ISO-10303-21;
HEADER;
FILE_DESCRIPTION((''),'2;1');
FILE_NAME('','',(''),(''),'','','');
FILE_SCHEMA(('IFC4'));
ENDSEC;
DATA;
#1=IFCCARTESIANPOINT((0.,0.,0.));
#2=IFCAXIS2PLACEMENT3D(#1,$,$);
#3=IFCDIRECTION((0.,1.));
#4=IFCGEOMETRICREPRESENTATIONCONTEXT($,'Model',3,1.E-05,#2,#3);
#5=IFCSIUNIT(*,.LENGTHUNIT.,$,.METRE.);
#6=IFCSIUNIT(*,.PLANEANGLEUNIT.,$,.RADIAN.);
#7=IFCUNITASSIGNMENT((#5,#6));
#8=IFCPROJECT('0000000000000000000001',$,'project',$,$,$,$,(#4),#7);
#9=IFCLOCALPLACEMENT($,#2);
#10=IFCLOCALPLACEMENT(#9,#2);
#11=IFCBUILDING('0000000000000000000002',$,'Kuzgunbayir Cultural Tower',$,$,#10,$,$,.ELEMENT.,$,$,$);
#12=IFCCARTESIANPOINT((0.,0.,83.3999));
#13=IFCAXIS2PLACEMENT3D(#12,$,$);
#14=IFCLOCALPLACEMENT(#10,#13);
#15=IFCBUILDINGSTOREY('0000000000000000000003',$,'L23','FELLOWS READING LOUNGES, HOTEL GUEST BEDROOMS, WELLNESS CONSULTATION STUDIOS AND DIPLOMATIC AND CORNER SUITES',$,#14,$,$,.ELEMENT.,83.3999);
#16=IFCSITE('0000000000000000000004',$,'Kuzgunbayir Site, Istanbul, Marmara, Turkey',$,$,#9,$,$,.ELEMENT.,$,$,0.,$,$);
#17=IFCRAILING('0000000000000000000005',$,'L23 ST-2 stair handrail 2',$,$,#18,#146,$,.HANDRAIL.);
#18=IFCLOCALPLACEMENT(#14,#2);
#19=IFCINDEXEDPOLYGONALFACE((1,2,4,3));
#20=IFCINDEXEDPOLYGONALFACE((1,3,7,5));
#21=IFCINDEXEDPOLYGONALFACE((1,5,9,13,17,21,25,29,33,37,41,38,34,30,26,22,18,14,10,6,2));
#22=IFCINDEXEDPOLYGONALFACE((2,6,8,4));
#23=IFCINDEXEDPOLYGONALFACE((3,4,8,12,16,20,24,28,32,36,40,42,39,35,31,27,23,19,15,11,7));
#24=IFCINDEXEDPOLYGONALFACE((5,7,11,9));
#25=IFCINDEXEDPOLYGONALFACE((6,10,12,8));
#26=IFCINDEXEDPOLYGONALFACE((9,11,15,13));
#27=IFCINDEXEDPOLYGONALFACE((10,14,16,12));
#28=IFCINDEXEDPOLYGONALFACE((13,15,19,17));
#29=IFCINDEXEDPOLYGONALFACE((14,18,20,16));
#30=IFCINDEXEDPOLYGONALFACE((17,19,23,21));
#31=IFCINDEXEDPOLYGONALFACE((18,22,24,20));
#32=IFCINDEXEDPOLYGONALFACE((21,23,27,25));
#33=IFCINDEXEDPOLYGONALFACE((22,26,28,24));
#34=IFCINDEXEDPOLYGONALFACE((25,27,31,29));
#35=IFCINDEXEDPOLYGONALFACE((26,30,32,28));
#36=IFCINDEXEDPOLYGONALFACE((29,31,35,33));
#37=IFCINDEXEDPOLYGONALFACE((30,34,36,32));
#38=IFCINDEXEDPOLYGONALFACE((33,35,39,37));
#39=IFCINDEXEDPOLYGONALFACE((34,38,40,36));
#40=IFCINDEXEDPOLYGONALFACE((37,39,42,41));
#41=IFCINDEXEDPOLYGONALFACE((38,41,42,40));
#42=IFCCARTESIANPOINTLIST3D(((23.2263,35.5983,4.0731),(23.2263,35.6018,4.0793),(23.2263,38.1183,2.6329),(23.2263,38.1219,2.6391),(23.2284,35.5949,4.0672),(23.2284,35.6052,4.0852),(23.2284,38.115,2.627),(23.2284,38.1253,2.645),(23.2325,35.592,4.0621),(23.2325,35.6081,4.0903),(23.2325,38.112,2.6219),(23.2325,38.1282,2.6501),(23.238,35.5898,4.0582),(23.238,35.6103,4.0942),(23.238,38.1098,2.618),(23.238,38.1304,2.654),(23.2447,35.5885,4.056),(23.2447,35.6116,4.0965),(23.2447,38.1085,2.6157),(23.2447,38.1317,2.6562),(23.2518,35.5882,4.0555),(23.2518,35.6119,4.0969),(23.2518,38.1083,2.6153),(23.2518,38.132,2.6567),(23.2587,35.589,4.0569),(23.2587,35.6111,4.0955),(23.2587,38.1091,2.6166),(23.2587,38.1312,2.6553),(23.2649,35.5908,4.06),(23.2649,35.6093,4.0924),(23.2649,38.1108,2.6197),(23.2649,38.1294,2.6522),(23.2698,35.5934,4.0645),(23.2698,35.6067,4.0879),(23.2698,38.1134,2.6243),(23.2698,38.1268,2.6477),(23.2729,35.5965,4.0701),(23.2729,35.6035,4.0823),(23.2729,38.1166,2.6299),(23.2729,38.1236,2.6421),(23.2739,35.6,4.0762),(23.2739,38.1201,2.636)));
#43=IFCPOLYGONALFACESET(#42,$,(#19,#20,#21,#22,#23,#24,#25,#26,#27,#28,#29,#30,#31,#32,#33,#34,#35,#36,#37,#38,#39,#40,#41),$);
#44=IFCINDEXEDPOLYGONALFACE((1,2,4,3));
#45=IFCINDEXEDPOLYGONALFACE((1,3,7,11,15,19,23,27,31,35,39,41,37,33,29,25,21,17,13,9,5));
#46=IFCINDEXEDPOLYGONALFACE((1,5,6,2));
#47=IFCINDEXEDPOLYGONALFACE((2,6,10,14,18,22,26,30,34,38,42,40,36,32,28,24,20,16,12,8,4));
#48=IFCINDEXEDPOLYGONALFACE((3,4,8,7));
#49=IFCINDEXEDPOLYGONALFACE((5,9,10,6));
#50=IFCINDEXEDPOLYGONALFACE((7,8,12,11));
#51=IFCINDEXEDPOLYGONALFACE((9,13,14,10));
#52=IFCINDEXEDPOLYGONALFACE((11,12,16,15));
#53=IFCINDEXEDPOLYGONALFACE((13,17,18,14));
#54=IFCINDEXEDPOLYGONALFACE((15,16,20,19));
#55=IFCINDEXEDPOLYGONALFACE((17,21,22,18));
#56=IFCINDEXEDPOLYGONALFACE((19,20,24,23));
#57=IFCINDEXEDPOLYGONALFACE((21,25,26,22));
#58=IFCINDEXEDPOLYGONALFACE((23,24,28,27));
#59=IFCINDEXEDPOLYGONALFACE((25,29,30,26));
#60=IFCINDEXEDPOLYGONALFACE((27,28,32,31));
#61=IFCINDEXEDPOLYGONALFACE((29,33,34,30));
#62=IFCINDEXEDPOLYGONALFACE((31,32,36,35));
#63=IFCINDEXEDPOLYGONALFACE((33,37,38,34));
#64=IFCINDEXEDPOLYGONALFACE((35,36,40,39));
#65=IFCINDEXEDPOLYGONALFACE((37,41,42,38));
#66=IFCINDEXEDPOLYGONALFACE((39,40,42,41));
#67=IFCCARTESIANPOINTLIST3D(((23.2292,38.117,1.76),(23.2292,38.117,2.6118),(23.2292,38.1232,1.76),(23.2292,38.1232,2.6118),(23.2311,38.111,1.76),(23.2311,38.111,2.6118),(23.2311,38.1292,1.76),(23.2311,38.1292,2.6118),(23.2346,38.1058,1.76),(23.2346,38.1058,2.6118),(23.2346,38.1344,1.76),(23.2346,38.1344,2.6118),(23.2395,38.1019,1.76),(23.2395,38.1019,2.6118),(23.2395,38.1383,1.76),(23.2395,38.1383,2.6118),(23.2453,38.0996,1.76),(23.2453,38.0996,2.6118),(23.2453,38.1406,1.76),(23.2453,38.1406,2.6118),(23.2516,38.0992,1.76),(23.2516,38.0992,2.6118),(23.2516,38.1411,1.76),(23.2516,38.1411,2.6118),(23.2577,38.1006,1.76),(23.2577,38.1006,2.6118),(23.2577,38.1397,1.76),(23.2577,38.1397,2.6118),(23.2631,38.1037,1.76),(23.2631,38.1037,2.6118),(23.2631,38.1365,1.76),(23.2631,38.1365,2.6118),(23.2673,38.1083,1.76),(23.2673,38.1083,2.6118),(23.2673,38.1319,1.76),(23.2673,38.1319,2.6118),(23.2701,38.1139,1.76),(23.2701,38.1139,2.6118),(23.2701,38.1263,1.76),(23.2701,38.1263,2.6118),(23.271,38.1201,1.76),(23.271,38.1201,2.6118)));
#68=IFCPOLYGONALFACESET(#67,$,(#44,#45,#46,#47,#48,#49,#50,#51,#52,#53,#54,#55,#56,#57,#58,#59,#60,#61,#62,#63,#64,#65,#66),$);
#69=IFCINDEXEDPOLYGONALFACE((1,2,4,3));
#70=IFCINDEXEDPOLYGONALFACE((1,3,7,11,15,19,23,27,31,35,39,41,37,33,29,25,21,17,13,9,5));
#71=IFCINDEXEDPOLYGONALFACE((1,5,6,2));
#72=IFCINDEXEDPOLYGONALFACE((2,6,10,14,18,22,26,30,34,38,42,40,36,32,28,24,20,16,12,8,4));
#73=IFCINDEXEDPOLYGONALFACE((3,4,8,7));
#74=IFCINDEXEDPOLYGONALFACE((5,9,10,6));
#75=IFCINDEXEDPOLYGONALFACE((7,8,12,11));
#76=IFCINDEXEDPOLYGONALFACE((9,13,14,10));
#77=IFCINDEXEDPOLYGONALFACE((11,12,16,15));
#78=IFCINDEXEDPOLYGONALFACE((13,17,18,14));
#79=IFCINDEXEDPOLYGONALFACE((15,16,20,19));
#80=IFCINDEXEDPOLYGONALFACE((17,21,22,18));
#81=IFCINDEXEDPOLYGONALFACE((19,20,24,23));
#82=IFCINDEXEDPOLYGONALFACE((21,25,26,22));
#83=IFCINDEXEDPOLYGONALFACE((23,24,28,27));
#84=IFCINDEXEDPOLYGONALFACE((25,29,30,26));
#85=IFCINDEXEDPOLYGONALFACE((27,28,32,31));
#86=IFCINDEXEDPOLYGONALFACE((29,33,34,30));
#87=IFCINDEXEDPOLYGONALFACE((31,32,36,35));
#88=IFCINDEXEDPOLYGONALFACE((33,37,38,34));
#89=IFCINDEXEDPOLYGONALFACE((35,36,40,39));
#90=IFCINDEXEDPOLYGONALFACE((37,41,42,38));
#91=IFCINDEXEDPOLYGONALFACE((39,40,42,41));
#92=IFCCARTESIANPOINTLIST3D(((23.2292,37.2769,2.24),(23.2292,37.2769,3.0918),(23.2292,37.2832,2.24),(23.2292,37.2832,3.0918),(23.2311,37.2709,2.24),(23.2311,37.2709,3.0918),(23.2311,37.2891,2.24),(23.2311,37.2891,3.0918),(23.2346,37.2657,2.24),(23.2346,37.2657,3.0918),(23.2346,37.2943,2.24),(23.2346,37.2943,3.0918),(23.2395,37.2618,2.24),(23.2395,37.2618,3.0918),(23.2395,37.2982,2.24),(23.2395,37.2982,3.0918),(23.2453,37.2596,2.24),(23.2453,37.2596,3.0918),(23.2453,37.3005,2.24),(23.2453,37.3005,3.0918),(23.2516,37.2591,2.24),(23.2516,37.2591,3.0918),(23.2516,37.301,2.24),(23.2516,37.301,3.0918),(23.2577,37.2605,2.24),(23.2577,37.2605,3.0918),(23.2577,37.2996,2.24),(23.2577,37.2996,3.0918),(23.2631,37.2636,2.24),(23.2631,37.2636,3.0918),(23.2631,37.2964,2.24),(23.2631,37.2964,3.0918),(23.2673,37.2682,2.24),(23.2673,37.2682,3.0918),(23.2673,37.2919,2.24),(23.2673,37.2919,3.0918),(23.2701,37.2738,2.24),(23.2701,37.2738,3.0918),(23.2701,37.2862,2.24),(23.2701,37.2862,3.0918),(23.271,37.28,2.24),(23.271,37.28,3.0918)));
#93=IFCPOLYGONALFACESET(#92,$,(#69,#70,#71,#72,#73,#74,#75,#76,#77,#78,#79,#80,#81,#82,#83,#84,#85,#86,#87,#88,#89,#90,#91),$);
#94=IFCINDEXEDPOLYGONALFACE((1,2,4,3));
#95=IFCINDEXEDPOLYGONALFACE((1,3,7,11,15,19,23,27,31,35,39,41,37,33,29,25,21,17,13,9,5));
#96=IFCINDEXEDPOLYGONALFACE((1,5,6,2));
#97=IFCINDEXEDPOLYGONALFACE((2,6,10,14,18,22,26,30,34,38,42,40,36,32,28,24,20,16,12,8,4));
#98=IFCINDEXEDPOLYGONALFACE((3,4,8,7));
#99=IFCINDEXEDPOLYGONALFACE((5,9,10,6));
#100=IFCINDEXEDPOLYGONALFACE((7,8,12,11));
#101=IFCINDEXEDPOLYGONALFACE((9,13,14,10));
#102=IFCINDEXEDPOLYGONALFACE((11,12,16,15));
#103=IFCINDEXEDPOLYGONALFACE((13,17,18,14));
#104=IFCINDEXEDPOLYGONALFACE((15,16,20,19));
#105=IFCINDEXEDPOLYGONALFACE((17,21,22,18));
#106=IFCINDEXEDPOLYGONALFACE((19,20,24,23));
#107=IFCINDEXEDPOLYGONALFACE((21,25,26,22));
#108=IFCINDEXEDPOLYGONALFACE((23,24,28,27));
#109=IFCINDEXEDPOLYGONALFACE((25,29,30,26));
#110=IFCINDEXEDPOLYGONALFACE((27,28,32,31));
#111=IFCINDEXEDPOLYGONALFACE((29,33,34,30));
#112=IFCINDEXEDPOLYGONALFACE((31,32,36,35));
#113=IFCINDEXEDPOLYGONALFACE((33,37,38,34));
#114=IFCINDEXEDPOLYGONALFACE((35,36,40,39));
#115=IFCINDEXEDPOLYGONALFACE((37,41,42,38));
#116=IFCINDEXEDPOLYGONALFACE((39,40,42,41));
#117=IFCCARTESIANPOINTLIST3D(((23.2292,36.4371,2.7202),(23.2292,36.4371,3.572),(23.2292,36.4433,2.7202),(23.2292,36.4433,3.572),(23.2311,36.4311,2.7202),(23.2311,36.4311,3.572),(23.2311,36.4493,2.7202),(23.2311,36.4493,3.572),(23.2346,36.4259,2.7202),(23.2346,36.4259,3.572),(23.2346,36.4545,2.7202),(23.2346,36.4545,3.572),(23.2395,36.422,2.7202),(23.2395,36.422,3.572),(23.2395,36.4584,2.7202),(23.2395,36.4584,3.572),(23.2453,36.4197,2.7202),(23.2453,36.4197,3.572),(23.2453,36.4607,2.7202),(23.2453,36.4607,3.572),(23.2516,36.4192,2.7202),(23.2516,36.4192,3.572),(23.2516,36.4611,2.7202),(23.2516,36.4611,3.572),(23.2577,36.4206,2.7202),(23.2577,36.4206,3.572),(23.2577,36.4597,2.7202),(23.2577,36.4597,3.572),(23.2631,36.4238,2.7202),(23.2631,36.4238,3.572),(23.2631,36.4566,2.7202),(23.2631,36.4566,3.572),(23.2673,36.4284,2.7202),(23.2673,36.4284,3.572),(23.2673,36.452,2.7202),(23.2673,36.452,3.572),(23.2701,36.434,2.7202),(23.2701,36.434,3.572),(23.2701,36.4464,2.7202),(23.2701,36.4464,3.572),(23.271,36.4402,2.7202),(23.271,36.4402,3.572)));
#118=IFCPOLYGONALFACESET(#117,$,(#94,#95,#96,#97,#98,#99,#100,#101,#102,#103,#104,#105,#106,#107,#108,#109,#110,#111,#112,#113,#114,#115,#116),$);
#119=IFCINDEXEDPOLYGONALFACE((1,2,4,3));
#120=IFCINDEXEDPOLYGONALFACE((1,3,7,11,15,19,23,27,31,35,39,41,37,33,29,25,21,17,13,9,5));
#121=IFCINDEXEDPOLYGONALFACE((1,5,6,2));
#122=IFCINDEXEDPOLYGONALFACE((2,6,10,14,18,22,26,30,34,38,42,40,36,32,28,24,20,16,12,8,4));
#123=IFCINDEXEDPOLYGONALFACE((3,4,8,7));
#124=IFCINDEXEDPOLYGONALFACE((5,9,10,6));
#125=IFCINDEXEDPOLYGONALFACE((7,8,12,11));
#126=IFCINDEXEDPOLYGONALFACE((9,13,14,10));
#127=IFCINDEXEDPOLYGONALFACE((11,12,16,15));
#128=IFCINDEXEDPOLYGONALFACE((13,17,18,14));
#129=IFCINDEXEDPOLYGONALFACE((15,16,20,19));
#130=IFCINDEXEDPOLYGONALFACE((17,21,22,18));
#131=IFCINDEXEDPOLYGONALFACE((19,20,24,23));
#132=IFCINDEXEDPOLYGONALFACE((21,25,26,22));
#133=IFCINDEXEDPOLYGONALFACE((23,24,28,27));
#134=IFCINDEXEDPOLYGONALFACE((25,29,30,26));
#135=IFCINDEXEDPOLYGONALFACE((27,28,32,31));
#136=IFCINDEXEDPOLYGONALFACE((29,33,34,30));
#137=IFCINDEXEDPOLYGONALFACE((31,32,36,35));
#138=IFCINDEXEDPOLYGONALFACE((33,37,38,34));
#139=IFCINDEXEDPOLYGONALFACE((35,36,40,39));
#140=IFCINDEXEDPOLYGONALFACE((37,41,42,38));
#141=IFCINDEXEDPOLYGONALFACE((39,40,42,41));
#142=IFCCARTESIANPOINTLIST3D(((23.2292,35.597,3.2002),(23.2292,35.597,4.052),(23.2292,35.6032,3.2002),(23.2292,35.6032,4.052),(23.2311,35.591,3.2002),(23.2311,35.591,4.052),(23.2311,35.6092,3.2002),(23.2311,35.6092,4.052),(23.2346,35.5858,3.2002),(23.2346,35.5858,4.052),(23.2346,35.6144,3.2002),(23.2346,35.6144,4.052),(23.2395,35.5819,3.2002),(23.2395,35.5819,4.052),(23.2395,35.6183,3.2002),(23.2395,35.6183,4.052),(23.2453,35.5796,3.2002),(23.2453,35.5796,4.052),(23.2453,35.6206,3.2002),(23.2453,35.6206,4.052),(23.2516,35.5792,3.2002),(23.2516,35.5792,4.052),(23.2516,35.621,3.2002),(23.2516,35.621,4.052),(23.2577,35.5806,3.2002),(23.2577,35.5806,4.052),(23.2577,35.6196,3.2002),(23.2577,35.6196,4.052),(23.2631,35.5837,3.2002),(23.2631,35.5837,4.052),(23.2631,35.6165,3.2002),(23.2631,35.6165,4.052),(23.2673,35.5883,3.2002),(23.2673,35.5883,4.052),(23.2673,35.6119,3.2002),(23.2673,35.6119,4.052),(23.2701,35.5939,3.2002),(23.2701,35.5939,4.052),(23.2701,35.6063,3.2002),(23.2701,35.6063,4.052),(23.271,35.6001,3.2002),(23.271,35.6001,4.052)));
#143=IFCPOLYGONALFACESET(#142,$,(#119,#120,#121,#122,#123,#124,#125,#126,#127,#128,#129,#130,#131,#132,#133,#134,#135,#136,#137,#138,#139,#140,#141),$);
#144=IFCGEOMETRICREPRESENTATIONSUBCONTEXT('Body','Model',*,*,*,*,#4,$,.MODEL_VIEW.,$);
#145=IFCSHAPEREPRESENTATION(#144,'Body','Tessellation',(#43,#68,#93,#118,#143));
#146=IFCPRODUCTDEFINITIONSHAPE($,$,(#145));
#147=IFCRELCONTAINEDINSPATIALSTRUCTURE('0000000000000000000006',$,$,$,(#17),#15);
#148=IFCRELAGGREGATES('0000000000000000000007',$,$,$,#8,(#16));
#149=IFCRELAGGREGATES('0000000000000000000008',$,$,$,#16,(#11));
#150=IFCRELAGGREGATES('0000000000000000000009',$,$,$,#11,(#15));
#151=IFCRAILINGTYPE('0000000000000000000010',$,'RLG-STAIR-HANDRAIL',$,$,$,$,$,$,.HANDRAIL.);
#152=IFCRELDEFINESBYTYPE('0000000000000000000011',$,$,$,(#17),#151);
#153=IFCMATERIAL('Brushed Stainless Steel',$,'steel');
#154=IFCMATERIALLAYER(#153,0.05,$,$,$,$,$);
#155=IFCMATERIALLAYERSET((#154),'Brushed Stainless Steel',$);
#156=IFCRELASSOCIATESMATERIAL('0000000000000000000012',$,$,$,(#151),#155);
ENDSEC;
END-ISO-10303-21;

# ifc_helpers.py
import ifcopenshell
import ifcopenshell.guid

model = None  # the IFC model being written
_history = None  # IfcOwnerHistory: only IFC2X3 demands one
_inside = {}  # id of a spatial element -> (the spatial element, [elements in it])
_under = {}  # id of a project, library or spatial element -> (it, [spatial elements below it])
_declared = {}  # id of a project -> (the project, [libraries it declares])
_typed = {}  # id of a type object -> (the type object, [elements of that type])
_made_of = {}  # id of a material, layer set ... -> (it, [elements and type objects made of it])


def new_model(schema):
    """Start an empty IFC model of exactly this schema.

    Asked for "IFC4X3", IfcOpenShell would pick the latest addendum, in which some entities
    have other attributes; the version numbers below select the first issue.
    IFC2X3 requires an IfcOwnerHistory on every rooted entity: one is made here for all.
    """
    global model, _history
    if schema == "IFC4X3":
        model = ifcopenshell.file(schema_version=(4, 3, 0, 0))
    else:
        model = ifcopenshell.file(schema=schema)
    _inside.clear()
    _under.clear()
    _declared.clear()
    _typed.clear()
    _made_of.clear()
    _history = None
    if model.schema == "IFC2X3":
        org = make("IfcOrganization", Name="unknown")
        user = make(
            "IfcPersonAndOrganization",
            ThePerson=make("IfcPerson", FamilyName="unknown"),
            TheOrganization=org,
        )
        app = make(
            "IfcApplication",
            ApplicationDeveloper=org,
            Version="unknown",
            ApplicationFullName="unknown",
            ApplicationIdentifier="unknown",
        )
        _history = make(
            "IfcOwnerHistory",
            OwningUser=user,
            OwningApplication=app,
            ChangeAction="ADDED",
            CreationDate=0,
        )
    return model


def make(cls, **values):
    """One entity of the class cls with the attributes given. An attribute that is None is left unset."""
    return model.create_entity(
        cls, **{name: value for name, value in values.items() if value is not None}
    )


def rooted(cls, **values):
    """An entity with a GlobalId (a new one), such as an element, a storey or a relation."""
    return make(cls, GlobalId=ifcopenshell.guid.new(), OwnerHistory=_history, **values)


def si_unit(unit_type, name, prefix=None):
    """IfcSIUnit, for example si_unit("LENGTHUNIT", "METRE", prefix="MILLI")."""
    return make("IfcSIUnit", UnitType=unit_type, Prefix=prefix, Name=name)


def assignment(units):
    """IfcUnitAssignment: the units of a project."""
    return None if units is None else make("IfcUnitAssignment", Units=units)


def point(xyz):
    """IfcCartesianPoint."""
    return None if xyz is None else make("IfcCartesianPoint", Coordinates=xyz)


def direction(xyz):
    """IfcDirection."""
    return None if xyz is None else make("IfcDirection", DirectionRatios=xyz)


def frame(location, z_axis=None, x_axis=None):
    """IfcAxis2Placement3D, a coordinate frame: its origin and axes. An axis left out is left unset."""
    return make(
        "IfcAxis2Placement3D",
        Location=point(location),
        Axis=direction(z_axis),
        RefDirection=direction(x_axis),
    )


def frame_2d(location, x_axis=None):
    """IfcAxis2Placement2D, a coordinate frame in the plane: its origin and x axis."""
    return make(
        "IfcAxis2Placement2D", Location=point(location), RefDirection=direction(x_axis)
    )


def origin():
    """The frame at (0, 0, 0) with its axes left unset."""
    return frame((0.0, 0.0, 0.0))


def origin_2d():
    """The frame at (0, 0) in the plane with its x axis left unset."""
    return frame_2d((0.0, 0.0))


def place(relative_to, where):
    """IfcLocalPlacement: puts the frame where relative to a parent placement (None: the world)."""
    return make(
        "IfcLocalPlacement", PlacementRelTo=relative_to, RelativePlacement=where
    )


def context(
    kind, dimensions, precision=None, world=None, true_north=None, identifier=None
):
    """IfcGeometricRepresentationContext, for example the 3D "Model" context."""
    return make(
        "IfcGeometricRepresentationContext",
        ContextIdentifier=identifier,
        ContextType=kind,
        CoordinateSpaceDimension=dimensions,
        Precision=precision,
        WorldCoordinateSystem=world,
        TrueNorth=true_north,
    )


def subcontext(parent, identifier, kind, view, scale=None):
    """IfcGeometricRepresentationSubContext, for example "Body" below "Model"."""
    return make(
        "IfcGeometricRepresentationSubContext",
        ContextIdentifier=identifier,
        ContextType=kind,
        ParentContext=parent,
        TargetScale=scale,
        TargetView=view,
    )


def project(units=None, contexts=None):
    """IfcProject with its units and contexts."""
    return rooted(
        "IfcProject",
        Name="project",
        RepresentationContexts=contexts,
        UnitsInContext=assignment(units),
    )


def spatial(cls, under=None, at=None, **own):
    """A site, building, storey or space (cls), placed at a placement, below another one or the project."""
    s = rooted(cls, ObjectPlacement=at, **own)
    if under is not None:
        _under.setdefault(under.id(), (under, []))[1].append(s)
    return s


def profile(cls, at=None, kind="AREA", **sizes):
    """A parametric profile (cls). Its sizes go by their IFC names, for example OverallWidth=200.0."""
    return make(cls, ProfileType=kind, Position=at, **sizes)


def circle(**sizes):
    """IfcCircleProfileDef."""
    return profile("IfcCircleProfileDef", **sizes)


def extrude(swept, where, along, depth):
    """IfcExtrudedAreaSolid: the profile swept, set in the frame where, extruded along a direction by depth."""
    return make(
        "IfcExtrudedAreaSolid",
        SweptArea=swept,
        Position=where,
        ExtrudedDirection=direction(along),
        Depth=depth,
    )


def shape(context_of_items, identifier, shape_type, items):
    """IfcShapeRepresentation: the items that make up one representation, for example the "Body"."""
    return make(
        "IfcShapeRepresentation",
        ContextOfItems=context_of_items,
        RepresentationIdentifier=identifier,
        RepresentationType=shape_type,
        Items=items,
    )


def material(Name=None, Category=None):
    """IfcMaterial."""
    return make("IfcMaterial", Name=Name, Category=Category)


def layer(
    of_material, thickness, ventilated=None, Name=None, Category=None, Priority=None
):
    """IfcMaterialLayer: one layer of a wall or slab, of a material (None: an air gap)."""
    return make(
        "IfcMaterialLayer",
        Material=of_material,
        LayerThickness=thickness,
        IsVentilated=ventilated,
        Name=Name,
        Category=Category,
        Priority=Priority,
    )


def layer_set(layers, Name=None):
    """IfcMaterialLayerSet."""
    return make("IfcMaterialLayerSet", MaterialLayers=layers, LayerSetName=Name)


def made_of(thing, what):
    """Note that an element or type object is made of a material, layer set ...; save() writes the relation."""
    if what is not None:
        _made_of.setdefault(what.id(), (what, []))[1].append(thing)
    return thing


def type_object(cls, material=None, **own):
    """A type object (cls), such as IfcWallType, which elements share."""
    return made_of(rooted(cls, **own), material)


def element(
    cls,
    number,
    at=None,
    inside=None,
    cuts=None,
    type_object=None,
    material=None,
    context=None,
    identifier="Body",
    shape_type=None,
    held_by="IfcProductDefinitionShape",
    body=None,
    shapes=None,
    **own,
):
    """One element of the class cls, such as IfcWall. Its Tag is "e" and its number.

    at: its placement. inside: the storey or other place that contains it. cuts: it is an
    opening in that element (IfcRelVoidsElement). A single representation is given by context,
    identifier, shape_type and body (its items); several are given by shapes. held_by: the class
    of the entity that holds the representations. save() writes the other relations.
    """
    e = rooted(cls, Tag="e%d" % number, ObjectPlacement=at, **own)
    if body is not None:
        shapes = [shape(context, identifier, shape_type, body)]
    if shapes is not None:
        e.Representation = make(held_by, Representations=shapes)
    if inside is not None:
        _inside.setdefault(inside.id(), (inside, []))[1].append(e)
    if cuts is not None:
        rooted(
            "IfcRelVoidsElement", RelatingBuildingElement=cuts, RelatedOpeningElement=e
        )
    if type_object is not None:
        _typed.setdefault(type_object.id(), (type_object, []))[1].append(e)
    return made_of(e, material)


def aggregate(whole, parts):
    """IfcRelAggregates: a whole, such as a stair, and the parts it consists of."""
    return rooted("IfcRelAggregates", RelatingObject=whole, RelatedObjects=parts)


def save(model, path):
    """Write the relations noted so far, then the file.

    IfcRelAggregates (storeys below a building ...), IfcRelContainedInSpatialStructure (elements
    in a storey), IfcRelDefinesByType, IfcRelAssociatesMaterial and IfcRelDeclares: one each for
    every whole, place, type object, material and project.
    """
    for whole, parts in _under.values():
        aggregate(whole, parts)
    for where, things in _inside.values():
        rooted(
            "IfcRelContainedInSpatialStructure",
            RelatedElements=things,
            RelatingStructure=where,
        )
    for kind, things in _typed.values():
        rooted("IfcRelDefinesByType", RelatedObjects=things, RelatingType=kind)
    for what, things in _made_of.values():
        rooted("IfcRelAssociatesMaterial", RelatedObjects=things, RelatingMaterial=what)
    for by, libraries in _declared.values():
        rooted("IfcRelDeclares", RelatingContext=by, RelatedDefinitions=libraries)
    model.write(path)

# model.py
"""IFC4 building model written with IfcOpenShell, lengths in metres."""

from ifc_helpers import new_model, si_unit, direction, frame, origin, origin_2d, place, context, subcontext, project, spatial, circle, extrude, material, layer, layer_set, type_object, element, save


model = new_model("IFC4")

# Units and contexts
model_context = context("Model", 3, precision=1e-05, world=origin(), true_north=direction((0.0, 1.0)))
body_context = subcontext(model_context, "Body", "Model", "MODEL_VIEW")
ifc_project = project(units=[si_unit("LENGTHUNIT", "METRE"), si_unit("PLANEANGLEUNIT", "RADIAN")], contexts=[model_context])

# Site, building, storey
site_placement = place(None, origin())
site = spatial("IfcSite", under=ifc_project, at=site_placement, Name="Kuzgunbayir Site, Istanbul, Marmara, Turkey", CompositionType="ELEMENT", RefElevation=0.0)
building_placement = place(site_placement, origin())
building = spatial("IfcBuilding", under=site, at=building_placement, Name="Kuzgunbayir Cultural Tower", CompositionType="ELEMENT")
storey_placement = place(building_placement, frame((0.0, 0.0, 83.3999)))
storey = spatial("IfcBuildingStorey", under=building, at=storey_placement, Name="L23", Description="FELLOWS READING LOUNGES, HOTEL GUEST BEDROOMS, WELLNESS CONSULTATION STUDIOS AND DIPLOMATIC AND CORNER SUITES", CompositionType="ELEMENT", Elevation=83.3999)

# Railing
ifc_material_1 = material(Name="Brushed Stainless Steel", Category="steel")
ifc_layer_1 = layer(ifc_material_1, 0.05)
ifc_layer_set_1 = layer_set([ifc_layer_1], Name="Brushed Stainless Steel")
railing_type_1 = type_object("IfcRailingType", Name="RLG-STAIR-HANDRAIL", PredefinedType="HANDRAIL", material=ifc_layer_set_1)
railing_1_placement = place(storey_placement, frame((23.25, 38.1201, 1.76)))
element("IfcRailing", 1, at=railing_1_placement, inside=storey, type_object=railing_type_1, Name="L23 ST-2 stair handrail 2", PredefinedType="HANDRAIL", context=body_context, shape_type="SweptSolid", body=[
    extrude(circle(Radius=0.0239, at=origin_2d()), frame((0.0, 0.0, 0.876), z_axis=(0.0, -0.868217, 0.496184), x_axis=(1.0, 0.0, 0.0)), (0.0, 0.0, 1.0), 2.9026),
    extrude(circle(Radius=0.021, at=origin_2d()), origin(), (0.0, 0.0, 1.0), 0.8518),
    extrude(circle(Radius=0.021, at=origin_2d()), frame((0.0, -0.8401, 0.48)), (0.0, 0.0, 1.0), 0.8518),
    extrude(circle(Radius=0.021, at=origin_2d()), frame((0.0, -1.6799, 0.9602)), (0.0, 0.0, 1.0), 0.8518),
    extrude(circle(Radius=0.021, at=origin_2d()), frame((0.0, -2.52, 1.4402)), (0.0, 0.0, 1.0), 0.8518),
])

save(model, "model.ifc")
